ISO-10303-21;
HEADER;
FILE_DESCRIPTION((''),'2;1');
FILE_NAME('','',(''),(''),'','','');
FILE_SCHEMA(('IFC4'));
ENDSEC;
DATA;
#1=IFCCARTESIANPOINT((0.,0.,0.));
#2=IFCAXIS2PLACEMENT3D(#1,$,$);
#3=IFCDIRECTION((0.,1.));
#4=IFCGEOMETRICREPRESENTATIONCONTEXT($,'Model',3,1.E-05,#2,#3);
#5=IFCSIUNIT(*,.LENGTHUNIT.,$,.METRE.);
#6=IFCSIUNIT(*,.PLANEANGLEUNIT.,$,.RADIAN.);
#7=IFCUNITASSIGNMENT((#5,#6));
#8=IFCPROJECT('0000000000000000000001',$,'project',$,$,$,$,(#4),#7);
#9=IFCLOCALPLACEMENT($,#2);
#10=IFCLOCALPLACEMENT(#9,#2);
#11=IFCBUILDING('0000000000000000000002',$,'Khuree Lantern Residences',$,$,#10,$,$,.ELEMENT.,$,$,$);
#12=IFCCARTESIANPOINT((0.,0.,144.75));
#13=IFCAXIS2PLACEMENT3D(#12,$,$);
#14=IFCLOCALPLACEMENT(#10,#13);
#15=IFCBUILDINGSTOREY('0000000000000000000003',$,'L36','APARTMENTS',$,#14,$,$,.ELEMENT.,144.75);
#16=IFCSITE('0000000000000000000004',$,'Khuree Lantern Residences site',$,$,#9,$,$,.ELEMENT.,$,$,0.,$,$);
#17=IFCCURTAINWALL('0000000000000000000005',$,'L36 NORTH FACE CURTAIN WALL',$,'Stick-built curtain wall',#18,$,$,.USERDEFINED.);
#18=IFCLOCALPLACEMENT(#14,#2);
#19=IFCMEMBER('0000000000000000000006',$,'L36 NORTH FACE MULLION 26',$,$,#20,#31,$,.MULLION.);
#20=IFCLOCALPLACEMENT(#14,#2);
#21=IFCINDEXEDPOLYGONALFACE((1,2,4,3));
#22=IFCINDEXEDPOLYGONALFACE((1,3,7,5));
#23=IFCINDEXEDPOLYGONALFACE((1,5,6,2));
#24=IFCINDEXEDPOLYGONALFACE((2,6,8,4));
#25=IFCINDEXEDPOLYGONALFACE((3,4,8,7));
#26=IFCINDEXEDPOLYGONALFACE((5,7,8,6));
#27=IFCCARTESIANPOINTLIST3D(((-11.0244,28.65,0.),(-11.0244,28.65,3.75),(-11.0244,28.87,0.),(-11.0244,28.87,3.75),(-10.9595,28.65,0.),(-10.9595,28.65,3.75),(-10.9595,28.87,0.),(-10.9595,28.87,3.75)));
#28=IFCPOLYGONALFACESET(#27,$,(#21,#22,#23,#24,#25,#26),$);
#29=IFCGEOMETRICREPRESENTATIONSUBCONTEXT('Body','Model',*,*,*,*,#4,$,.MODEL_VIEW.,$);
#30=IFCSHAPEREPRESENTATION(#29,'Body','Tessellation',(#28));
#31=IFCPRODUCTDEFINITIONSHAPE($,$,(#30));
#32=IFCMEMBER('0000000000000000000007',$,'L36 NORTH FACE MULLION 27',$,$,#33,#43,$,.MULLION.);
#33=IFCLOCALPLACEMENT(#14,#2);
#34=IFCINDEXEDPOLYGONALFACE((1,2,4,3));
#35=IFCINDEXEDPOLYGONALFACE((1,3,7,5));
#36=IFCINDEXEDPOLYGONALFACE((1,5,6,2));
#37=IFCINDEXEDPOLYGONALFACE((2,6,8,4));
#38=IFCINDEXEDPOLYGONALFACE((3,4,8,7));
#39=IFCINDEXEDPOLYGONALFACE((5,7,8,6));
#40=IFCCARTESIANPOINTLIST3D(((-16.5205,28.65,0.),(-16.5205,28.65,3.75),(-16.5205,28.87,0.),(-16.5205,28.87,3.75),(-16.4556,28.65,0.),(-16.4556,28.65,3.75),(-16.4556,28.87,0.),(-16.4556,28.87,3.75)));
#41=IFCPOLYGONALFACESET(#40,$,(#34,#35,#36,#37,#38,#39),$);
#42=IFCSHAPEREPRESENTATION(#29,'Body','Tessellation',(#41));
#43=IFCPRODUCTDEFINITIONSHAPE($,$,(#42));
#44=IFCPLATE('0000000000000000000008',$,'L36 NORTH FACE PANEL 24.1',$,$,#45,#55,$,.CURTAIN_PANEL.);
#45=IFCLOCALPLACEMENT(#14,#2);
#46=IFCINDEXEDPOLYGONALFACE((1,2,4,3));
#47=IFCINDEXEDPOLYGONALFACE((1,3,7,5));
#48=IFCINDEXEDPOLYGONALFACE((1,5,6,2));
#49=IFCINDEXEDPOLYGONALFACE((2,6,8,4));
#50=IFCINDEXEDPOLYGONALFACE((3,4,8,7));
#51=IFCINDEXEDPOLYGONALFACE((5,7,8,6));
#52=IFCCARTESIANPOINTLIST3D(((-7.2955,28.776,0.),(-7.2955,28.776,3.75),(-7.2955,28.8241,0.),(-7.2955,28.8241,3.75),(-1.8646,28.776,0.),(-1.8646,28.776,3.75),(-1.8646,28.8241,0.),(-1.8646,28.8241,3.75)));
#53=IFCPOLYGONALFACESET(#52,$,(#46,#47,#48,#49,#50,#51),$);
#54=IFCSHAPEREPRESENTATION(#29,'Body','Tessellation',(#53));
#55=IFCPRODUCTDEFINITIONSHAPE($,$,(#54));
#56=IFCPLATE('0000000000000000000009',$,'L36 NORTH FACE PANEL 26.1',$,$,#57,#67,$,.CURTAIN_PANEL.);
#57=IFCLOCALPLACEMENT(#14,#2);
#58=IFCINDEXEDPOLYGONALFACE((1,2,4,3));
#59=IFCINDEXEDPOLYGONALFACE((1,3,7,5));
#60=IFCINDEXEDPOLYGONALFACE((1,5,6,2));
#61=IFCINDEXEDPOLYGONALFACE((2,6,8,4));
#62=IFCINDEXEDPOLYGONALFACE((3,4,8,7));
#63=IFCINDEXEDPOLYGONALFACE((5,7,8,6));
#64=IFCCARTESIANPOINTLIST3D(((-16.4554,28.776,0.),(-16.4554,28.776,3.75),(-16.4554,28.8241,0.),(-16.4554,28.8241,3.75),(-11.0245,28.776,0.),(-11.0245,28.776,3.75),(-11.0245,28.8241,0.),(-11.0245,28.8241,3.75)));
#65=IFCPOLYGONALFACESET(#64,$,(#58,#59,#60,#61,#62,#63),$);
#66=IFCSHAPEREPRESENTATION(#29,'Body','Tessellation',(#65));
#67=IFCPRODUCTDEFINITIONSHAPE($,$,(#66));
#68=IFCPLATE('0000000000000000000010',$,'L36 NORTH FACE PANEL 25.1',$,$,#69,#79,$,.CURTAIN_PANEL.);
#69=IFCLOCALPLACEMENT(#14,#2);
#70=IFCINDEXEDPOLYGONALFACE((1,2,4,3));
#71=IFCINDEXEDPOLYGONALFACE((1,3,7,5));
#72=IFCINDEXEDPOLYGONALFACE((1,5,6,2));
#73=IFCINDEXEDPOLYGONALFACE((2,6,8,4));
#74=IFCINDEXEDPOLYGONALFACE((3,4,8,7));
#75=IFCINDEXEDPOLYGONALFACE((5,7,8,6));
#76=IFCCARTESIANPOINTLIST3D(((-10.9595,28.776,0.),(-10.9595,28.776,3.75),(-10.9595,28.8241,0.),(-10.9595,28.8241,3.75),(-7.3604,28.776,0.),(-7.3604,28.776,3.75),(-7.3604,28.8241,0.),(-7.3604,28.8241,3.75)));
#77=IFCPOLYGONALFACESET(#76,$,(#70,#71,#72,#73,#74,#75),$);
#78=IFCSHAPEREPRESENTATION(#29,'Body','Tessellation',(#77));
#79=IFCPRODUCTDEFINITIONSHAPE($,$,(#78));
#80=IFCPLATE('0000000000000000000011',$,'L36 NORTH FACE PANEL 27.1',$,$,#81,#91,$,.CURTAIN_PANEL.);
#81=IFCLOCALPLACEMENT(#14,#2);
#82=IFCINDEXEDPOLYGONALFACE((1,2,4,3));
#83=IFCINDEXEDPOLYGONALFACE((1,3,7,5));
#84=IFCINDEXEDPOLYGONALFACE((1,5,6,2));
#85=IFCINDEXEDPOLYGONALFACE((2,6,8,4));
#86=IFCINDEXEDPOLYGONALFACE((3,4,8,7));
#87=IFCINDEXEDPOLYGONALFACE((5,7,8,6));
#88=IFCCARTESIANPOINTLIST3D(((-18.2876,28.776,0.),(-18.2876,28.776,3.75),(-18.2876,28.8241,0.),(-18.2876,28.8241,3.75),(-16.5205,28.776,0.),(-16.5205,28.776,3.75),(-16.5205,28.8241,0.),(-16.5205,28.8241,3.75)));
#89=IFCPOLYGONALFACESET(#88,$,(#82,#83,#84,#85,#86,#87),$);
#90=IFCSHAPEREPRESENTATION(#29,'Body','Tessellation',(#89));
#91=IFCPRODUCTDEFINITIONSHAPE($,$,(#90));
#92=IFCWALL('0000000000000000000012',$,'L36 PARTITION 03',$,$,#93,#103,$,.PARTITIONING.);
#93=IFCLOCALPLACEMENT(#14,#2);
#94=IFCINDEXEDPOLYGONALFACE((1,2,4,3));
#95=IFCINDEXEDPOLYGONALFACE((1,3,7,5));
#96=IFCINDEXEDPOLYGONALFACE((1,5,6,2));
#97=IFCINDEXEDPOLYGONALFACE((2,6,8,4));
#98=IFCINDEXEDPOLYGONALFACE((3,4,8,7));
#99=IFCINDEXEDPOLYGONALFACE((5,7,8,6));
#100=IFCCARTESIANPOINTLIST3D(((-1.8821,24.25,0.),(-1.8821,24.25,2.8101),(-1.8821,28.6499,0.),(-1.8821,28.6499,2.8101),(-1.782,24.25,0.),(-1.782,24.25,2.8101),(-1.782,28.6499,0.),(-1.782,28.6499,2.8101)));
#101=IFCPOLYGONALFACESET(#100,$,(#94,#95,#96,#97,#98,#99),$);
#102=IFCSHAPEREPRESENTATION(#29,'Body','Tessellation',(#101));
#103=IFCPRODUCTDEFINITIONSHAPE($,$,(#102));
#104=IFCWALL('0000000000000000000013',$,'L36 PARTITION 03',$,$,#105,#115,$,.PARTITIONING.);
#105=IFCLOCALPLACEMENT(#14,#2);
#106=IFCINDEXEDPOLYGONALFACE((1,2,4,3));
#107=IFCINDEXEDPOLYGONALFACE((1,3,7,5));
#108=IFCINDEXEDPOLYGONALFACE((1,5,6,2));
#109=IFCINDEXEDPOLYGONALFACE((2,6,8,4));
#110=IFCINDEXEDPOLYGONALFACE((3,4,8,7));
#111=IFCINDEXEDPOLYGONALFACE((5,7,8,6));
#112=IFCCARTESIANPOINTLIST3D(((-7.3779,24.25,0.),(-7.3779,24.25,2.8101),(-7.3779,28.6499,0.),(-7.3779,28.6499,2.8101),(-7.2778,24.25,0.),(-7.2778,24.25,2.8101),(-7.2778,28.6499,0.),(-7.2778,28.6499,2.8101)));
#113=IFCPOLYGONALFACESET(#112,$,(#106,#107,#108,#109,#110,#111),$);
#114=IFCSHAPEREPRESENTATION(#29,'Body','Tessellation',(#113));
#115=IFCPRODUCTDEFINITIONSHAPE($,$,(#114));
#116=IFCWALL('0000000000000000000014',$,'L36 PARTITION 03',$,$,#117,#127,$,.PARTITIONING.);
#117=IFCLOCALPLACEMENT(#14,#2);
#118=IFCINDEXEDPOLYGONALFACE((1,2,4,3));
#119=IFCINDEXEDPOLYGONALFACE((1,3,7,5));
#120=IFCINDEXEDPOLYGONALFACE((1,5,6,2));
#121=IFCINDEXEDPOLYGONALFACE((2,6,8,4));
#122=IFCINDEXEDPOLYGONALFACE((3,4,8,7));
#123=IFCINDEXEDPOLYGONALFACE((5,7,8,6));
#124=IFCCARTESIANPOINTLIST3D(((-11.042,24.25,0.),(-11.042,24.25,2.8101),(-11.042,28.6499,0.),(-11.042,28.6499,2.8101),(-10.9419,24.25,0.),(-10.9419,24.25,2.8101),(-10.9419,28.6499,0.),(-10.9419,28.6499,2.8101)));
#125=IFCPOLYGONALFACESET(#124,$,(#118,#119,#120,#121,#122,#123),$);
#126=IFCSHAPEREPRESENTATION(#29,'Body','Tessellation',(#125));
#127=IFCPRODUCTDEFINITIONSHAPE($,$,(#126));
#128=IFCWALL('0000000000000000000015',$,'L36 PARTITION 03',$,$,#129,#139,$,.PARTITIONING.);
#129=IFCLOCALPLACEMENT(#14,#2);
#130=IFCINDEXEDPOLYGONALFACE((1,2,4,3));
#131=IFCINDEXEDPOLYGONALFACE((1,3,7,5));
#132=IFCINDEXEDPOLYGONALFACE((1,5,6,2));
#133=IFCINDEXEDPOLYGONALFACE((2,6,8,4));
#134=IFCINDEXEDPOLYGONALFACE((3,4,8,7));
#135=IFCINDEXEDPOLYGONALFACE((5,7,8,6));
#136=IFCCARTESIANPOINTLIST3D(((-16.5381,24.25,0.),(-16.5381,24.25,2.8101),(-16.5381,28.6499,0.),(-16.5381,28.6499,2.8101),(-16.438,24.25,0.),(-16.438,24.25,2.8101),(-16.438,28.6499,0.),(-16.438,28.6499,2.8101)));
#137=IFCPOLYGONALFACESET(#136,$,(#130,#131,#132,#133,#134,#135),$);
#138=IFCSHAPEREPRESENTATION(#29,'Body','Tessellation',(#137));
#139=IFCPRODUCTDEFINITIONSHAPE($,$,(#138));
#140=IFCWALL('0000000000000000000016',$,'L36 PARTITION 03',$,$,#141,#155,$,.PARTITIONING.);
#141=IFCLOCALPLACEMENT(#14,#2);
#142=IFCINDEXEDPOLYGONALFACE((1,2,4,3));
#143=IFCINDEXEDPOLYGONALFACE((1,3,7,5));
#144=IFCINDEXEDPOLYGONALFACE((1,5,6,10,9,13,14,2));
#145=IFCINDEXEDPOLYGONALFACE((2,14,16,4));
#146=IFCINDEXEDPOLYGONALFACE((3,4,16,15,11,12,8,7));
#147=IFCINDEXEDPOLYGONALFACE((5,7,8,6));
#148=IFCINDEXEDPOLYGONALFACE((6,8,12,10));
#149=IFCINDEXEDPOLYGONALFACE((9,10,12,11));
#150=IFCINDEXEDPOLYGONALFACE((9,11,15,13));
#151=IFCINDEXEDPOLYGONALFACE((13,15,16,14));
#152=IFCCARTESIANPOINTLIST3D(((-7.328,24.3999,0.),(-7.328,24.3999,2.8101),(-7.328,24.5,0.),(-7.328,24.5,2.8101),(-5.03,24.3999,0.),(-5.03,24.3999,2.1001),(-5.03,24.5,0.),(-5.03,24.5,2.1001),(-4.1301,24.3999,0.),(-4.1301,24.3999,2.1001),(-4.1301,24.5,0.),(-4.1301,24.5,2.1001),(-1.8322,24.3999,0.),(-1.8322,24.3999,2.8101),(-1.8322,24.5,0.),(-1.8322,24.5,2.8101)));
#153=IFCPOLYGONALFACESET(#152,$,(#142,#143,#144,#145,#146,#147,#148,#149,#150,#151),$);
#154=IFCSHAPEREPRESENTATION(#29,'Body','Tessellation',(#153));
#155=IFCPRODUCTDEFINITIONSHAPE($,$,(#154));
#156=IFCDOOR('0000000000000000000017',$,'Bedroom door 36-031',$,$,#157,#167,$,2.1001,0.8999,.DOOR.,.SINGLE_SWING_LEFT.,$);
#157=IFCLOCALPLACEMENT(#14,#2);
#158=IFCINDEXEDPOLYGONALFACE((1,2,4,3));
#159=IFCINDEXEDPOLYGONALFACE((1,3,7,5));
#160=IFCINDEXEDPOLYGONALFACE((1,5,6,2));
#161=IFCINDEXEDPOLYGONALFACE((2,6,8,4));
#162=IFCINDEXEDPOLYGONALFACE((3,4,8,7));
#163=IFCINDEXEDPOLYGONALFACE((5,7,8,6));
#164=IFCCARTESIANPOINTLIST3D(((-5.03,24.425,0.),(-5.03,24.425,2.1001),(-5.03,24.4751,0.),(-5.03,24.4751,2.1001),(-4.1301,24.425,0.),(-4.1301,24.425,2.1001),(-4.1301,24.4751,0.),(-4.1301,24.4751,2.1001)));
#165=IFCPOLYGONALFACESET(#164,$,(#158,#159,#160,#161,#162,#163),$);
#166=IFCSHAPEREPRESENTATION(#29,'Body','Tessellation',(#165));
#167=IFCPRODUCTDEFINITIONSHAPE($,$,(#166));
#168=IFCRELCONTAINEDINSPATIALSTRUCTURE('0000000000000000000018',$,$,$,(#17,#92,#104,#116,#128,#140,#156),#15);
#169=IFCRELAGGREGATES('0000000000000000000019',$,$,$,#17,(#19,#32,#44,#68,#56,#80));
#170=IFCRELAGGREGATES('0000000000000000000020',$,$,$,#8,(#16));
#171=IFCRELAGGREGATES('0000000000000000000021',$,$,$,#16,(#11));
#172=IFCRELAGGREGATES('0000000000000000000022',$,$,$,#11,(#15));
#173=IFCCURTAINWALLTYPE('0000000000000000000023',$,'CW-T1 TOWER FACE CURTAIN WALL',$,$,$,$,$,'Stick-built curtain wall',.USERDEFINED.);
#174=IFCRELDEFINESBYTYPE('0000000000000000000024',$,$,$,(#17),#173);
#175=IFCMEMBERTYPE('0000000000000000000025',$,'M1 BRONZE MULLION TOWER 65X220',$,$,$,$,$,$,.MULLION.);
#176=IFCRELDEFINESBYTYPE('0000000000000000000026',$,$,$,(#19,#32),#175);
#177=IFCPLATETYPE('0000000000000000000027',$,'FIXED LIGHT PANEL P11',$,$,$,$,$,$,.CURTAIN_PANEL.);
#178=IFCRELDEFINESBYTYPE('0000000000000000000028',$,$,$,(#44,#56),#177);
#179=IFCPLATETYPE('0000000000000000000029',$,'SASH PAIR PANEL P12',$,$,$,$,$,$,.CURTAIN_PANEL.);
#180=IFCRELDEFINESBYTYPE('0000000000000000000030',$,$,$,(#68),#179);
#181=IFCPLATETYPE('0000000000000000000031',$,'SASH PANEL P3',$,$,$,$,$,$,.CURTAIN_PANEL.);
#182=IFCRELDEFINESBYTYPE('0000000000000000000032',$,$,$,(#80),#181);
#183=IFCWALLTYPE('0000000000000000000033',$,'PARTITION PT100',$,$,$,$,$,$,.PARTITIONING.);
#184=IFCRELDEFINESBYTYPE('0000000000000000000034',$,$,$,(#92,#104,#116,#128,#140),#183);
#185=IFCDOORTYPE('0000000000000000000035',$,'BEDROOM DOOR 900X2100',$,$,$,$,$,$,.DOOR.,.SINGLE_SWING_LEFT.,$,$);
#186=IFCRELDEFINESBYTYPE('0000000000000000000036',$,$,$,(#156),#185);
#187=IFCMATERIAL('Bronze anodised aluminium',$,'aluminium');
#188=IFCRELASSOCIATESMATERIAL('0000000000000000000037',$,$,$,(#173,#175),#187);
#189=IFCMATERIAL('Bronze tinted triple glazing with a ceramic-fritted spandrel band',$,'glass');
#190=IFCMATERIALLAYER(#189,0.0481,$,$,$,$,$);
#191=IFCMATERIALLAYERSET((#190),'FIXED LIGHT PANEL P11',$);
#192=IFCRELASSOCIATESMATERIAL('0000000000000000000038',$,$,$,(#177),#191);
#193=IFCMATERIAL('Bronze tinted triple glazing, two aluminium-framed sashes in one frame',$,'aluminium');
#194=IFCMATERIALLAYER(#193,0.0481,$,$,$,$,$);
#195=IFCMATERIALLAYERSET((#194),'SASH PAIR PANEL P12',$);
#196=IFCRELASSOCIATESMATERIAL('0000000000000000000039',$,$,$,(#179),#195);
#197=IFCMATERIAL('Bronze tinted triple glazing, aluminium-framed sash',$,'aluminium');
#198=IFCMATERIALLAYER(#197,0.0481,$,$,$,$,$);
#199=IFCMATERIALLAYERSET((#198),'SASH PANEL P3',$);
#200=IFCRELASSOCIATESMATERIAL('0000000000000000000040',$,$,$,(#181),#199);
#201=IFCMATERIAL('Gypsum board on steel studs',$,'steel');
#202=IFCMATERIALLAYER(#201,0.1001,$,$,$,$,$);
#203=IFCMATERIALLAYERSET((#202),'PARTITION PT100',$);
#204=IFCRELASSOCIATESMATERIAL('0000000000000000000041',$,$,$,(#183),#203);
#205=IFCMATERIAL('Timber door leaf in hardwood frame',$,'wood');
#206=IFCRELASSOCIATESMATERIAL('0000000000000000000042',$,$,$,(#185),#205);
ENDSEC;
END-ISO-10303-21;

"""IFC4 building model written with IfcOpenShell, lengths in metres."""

from ifc_helpers import new_model, si_unit, direction, frame, frame_2d, origin, origin_2d, place, context, subcontext, project, spatial, rectangle, extrude, material, layer, layer_set, material_profile, profile_set, type_object, element, fill, aggregate, save


model = new_model("IFC4")

# Units and contexts
model_context = context("Model", 3, precision=1e-05, world=origin(), true_north=direction((0.0, 1.0)))
body_context = subcontext(model_context, "Body", "Model", "MODEL_VIEW")
ifc_project = project(units=[si_unit("LENGTHUNIT", "METRE"), si_unit("PLANEANGLEUNIT", "RADIAN")], contexts=[model_context])

# Site, building, storey
site_placement = place(None, origin())
site = spatial("IfcSite", under=ifc_project, at=site_placement, Name="Khuree Lantern Residences site", CompositionType="ELEMENT", RefElevation=0.0)
building_placement = place(site_placement, origin())
building = spatial("IfcBuilding", under=site, at=building_placement, Name="Khuree Lantern Residences", CompositionType="ELEMENT")
storey_placement = place(building_placement, frame((0.0, 0.0, 144.75)))
storey = spatial("IfcBuildingStorey", under=building, at=storey_placement, Name="L36", Description="APARTMENTS", CompositionType="ELEMENT", Elevation=144.75)

# Curtain wall
ifc_material_1 = material(Name="Bronze anodised aluminium", Category="aluminium")
curtain_wall_type = type_object("IfcCurtainWallType", Name="CW-T1 TOWER FACE CURTAIN WALL", ElementType="Stick-built curtain wall", PredefinedType="USERDEFINED", material=ifc_material_1)
curtain_wall_placement = place(storey_placement, origin())
curtain_wall = element("IfcCurtainWall", 1, at=curtain_wall_placement, inside=storey, type_object=curtain_wall_type, Name="L36 NORTH FACE CURTAIN WALL", ObjectType="Stick-built curtain wall", PredefinedType="USERDEFINED")

# Members
ifc_material_profile_1 = material_profile(ifc_material_1, rectangle(XDim=0.0649, YDim=0.22, at=origin_2d()), Name="M1 65X220")
ifc_profile_set_1 = profile_set([ifc_material_profile_1], Name="Bronze anodised aluminium")
member_type_1 = type_object("IfcMemberType", Name="M1 BRONZE MULLION TOWER 65X220", PredefinedType="MULLION", material=ifc_profile_set_1)
member_1_placement = place(storey_placement, frame((-10.9919, 28.76, 0.0), z_axis=(0.0, 0.0, 1.0), x_axis=(-1.0, 0.0, 0.0)))
member_1 = element("IfcMember", 2, at=member_1_placement, type_object=member_type_1, Name="L36 NORTH FACE MULLION 26", PredefinedType="MULLION", context=body_context, shape_type="SweptSolid", body=[
    extrude(rectangle(XDim=0.0649, YDim=0.22, at=origin_2d()), origin(), (0.0, 0.0, 1.0), 3.75),
])
member_2_placement = place(storey_placement, frame((-16.488, 28.76, 0.0), z_axis=(0.0, 0.0, 1.0), x_axis=(-1.0, 0.0, 0.0)))
member_2 = element("IfcMember", 3, at=member_2_placement, type_object=member_type_1, Name="L36 NORTH FACE MULLION 27", PredefinedType="MULLION", context=body_context, shape_type="SweptSolid", body=[
    extrude(rectangle(XDim=0.0649, YDim=0.22, at=origin_2d()), origin(), (0.0, 0.0, 1.0), 3.75),
])

# Plates
ifc_material_2 = material(Name="Bronze tinted triple glazing with a ceramic-fritted spandrel band", Category="glass")
ifc_layer_1 = layer(ifc_material_2, 0.0481)
ifc_layer_set_1 = layer_set([ifc_layer_1], Name="FIXED LIGHT PANEL P11")
plate_type_1 = type_object("IfcPlateType", Name="FIXED LIGHT PANEL P11", PredefinedType="CURTAIN_PANEL", material=ifc_layer_set_1)
plate_1_placement = place(storey_placement, frame((-4.5801, 28.8, 0.0), z_axis=(0.0, 0.0, 1.0), x_axis=(-1.0, 0.0, 0.0)))
plate_1 = element("IfcPlate", 4, at=plate_1_placement, type_object=plate_type_1, Name="L36 NORTH FACE PANEL 24.1", PredefinedType="CURTAIN_PANEL", context=body_context, shape_type="SweptSolid", body=[
    extrude(rectangle(XDim=5.4309, YDim=0.0481, at=origin_2d()), origin(), (0.0, 0.0, 1.0), 3.75),
])
plate_2_placement = place(storey_placement, frame((-13.74, 28.8, 0.0), z_axis=(0.0, 0.0, 1.0), x_axis=(-1.0, 0.0, 0.0)))
plate_2 = element("IfcPlate", 5, at=plate_2_placement, type_object=plate_type_1, Name="L36 NORTH FACE PANEL 26.1", PredefinedType="CURTAIN_PANEL", context=body_context, shape_type="SweptSolid", body=[
    extrude(rectangle(XDim=5.4309, YDim=0.0481, at=origin_2d()), origin(), (0.0, 0.0, 1.0), 3.75),
])
ifc_material_3 = material(Name="Bronze tinted triple glazing, two aluminium-framed sashes in one frame", Category="aluminium")
ifc_layer_2 = layer(ifc_material_3, 0.0481)
ifc_layer_set_2 = layer_set([ifc_layer_2], Name="SASH PAIR PANEL P12")
plate_type_2 = type_object("IfcPlateType", Name="SASH PAIR PANEL P12", PredefinedType="CURTAIN_PANEL", material=ifc_layer_set_2)
plate_3_placement = place(storey_placement, frame((-9.1599, 28.8, 0.0), z_axis=(0.0, 0.0, 1.0), x_axis=(-1.0, 0.0, 0.0)))
plate_3 = element("IfcPlate", 6, at=plate_3_placement, type_object=plate_type_2, Name="L36 NORTH FACE PANEL 25.1", PredefinedType="CURTAIN_PANEL", context=body_context, shape_type="SweptSolid", body=[
    extrude(rectangle(XDim=3.5991, YDim=0.0481, at=origin_2d()), origin(), (0.0, 0.0, 1.0), 3.75),
])
ifc_material_4 = material(Name="Bronze tinted triple glazing, aluminium-framed sash", Category="aluminium")
ifc_layer_3 = layer(ifc_material_4, 0.0481)
ifc_layer_set_3 = layer_set([ifc_layer_3], Name="SASH PANEL P3")
plate_type_3 = type_object("IfcPlateType", Name="SASH PANEL P3", PredefinedType="CURTAIN_PANEL", material=ifc_layer_set_3)
plate_4_placement = place(storey_placement, frame((-17.4041, 28.8, 0.0), z_axis=(0.0, 0.0, 1.0), x_axis=(-1.0, 0.0, 0.0)))
plate_4 = element("IfcPlate", 7, at=plate_4_placement, type_object=plate_type_3, Name="L36 NORTH FACE PANEL 27.1", PredefinedType="CURTAIN_PANEL", context=body_context, shape_type="SweptSolid", body=[
    extrude(rectangle(XDim=1.7671, YDim=0.0481, at=origin_2d()), origin(), (0.0, 0.0, 1.0), 3.75),
])
aggregate(curtain_wall, [member_1, member_2, plate_1, plate_3, plate_2, plate_4])

# Walls
ifc_material_5 = material(Name="Gypsum board on steel studs", Category="steel")
ifc_layer_4 = layer(ifc_material_5, 0.1001)
ifc_layer_set_4 = layer_set([ifc_layer_4], Name="PARTITION PT100")
wall_type = type_object("IfcWallType", Name="PARTITION PT100", PredefinedType="PARTITIONING", material=ifc_layer_set_4)
for number, where, z_axis, x_axis, name in (
    (8, (-1.832, 24.25, 0.0), (0.0, 0.0, 1.0), (0.0, 1.0, 0.0), "L36 PARTITION 03"),
    (9, (-7.3279, 24.25, 0.0), (0.0, 0.0, 1.0), (0.0, 1.0, 0.0), "L36 PARTITION 03"),
    (10, (-10.9919, 24.25, 0.0), (0.0, 0.0, 1.0), (0.0, 1.0, 0.0), "L36 PARTITION 03"),
    (11, (-16.488, 24.25, 0.0), (0.0, 0.0, 1.0), (0.0, 1.0, 0.0), "L36 PARTITION 03"),
):
    element("IfcWall", number, at=place(storey_placement, frame(where, z_axis=z_axis, x_axis=x_axis)), inside=storey, type_object=wall_type, Name=name, PredefinedType="PARTITIONING", context=body_context, shape_type="SweptSolid", body=[
        extrude(rectangle(XDim=4.3999, YDim=0.1001, at=frame_2d((2.2, 0.0))), origin(), (0.0, 0.0, 1.0), 2.8101),
    ])

# Wall, opening, door
wall_1_placement = place(storey_placement, frame((-1.832, 24.45, 0.0), z_axis=(0.0, 0.0, 1.0), x_axis=(-1.0, 0.0, 0.0)))
wall_1 = element("IfcWall", 12, at=wall_1_placement, inside=storey, type_object=wall_type, Name="L36 PARTITION 03", PredefinedType="PARTITIONING", context=body_context, shape_type="SweptSolid", body=[
    extrude(rectangle(XDim=5.4958, YDim=0.1001, at=frame_2d((2.748, 0.0))), origin(), (0.0, 0.0, 1.0), 2.8101),
])
opening_1_placement = place(wall_1_placement, frame((2.2981, 0.0, 0.0)))
opening_1 = element("IfcOpeningElement", 13, at=opening_1_placement, cuts=wall_1, PredefinedType="OPENING", context=body_context, shape_type="SweptSolid", body=[
    extrude(rectangle(XDim=0.8999, YDim=2.1001, at=frame_2d((0.45, 1.05))), frame((0.0, 0.0601, 0.0), z_axis=(0.0, -1.0, 0.0), x_axis=(1.0, 0.0, 0.0)), (0.0, 0.0, 1.0), 0.1201),
])
ifc_material_6 = material(Name="Timber door leaf in hardwood frame", Category="wood")
door_type = type_object("IfcDoorType", Name="BEDROOM DOOR 900X2100", OperationType="SINGLE_SWING_LEFT", PredefinedType="DOOR", material=ifc_material_6)
door_1_placement = place(opening_1_placement, origin())
door_1 = element("IfcDoor", 14, at=door_1_placement, inside=storey, type_object=door_type, Name="Bedroom door 36-031", OperationType="SINGLE_SWING_LEFT", OverallHeight=2.1001, OverallWidth=0.8999, PredefinedType="DOOR", context=body_context, shape_type="SweptSolid", body=[
    extrude(rectangle(XDim=0.8999, YDim=2.1001, at=frame_2d((0.45, 1.05))), frame((0.0, 0.0249, 0.0), z_axis=(0.0, -1.0, 0.0), x_axis=(1.0, 0.0, 0.0)), (0.0, 0.0, 1.0), 0.05),
])
fill(opening_1, door_1)

save(model, "model.ifc")
